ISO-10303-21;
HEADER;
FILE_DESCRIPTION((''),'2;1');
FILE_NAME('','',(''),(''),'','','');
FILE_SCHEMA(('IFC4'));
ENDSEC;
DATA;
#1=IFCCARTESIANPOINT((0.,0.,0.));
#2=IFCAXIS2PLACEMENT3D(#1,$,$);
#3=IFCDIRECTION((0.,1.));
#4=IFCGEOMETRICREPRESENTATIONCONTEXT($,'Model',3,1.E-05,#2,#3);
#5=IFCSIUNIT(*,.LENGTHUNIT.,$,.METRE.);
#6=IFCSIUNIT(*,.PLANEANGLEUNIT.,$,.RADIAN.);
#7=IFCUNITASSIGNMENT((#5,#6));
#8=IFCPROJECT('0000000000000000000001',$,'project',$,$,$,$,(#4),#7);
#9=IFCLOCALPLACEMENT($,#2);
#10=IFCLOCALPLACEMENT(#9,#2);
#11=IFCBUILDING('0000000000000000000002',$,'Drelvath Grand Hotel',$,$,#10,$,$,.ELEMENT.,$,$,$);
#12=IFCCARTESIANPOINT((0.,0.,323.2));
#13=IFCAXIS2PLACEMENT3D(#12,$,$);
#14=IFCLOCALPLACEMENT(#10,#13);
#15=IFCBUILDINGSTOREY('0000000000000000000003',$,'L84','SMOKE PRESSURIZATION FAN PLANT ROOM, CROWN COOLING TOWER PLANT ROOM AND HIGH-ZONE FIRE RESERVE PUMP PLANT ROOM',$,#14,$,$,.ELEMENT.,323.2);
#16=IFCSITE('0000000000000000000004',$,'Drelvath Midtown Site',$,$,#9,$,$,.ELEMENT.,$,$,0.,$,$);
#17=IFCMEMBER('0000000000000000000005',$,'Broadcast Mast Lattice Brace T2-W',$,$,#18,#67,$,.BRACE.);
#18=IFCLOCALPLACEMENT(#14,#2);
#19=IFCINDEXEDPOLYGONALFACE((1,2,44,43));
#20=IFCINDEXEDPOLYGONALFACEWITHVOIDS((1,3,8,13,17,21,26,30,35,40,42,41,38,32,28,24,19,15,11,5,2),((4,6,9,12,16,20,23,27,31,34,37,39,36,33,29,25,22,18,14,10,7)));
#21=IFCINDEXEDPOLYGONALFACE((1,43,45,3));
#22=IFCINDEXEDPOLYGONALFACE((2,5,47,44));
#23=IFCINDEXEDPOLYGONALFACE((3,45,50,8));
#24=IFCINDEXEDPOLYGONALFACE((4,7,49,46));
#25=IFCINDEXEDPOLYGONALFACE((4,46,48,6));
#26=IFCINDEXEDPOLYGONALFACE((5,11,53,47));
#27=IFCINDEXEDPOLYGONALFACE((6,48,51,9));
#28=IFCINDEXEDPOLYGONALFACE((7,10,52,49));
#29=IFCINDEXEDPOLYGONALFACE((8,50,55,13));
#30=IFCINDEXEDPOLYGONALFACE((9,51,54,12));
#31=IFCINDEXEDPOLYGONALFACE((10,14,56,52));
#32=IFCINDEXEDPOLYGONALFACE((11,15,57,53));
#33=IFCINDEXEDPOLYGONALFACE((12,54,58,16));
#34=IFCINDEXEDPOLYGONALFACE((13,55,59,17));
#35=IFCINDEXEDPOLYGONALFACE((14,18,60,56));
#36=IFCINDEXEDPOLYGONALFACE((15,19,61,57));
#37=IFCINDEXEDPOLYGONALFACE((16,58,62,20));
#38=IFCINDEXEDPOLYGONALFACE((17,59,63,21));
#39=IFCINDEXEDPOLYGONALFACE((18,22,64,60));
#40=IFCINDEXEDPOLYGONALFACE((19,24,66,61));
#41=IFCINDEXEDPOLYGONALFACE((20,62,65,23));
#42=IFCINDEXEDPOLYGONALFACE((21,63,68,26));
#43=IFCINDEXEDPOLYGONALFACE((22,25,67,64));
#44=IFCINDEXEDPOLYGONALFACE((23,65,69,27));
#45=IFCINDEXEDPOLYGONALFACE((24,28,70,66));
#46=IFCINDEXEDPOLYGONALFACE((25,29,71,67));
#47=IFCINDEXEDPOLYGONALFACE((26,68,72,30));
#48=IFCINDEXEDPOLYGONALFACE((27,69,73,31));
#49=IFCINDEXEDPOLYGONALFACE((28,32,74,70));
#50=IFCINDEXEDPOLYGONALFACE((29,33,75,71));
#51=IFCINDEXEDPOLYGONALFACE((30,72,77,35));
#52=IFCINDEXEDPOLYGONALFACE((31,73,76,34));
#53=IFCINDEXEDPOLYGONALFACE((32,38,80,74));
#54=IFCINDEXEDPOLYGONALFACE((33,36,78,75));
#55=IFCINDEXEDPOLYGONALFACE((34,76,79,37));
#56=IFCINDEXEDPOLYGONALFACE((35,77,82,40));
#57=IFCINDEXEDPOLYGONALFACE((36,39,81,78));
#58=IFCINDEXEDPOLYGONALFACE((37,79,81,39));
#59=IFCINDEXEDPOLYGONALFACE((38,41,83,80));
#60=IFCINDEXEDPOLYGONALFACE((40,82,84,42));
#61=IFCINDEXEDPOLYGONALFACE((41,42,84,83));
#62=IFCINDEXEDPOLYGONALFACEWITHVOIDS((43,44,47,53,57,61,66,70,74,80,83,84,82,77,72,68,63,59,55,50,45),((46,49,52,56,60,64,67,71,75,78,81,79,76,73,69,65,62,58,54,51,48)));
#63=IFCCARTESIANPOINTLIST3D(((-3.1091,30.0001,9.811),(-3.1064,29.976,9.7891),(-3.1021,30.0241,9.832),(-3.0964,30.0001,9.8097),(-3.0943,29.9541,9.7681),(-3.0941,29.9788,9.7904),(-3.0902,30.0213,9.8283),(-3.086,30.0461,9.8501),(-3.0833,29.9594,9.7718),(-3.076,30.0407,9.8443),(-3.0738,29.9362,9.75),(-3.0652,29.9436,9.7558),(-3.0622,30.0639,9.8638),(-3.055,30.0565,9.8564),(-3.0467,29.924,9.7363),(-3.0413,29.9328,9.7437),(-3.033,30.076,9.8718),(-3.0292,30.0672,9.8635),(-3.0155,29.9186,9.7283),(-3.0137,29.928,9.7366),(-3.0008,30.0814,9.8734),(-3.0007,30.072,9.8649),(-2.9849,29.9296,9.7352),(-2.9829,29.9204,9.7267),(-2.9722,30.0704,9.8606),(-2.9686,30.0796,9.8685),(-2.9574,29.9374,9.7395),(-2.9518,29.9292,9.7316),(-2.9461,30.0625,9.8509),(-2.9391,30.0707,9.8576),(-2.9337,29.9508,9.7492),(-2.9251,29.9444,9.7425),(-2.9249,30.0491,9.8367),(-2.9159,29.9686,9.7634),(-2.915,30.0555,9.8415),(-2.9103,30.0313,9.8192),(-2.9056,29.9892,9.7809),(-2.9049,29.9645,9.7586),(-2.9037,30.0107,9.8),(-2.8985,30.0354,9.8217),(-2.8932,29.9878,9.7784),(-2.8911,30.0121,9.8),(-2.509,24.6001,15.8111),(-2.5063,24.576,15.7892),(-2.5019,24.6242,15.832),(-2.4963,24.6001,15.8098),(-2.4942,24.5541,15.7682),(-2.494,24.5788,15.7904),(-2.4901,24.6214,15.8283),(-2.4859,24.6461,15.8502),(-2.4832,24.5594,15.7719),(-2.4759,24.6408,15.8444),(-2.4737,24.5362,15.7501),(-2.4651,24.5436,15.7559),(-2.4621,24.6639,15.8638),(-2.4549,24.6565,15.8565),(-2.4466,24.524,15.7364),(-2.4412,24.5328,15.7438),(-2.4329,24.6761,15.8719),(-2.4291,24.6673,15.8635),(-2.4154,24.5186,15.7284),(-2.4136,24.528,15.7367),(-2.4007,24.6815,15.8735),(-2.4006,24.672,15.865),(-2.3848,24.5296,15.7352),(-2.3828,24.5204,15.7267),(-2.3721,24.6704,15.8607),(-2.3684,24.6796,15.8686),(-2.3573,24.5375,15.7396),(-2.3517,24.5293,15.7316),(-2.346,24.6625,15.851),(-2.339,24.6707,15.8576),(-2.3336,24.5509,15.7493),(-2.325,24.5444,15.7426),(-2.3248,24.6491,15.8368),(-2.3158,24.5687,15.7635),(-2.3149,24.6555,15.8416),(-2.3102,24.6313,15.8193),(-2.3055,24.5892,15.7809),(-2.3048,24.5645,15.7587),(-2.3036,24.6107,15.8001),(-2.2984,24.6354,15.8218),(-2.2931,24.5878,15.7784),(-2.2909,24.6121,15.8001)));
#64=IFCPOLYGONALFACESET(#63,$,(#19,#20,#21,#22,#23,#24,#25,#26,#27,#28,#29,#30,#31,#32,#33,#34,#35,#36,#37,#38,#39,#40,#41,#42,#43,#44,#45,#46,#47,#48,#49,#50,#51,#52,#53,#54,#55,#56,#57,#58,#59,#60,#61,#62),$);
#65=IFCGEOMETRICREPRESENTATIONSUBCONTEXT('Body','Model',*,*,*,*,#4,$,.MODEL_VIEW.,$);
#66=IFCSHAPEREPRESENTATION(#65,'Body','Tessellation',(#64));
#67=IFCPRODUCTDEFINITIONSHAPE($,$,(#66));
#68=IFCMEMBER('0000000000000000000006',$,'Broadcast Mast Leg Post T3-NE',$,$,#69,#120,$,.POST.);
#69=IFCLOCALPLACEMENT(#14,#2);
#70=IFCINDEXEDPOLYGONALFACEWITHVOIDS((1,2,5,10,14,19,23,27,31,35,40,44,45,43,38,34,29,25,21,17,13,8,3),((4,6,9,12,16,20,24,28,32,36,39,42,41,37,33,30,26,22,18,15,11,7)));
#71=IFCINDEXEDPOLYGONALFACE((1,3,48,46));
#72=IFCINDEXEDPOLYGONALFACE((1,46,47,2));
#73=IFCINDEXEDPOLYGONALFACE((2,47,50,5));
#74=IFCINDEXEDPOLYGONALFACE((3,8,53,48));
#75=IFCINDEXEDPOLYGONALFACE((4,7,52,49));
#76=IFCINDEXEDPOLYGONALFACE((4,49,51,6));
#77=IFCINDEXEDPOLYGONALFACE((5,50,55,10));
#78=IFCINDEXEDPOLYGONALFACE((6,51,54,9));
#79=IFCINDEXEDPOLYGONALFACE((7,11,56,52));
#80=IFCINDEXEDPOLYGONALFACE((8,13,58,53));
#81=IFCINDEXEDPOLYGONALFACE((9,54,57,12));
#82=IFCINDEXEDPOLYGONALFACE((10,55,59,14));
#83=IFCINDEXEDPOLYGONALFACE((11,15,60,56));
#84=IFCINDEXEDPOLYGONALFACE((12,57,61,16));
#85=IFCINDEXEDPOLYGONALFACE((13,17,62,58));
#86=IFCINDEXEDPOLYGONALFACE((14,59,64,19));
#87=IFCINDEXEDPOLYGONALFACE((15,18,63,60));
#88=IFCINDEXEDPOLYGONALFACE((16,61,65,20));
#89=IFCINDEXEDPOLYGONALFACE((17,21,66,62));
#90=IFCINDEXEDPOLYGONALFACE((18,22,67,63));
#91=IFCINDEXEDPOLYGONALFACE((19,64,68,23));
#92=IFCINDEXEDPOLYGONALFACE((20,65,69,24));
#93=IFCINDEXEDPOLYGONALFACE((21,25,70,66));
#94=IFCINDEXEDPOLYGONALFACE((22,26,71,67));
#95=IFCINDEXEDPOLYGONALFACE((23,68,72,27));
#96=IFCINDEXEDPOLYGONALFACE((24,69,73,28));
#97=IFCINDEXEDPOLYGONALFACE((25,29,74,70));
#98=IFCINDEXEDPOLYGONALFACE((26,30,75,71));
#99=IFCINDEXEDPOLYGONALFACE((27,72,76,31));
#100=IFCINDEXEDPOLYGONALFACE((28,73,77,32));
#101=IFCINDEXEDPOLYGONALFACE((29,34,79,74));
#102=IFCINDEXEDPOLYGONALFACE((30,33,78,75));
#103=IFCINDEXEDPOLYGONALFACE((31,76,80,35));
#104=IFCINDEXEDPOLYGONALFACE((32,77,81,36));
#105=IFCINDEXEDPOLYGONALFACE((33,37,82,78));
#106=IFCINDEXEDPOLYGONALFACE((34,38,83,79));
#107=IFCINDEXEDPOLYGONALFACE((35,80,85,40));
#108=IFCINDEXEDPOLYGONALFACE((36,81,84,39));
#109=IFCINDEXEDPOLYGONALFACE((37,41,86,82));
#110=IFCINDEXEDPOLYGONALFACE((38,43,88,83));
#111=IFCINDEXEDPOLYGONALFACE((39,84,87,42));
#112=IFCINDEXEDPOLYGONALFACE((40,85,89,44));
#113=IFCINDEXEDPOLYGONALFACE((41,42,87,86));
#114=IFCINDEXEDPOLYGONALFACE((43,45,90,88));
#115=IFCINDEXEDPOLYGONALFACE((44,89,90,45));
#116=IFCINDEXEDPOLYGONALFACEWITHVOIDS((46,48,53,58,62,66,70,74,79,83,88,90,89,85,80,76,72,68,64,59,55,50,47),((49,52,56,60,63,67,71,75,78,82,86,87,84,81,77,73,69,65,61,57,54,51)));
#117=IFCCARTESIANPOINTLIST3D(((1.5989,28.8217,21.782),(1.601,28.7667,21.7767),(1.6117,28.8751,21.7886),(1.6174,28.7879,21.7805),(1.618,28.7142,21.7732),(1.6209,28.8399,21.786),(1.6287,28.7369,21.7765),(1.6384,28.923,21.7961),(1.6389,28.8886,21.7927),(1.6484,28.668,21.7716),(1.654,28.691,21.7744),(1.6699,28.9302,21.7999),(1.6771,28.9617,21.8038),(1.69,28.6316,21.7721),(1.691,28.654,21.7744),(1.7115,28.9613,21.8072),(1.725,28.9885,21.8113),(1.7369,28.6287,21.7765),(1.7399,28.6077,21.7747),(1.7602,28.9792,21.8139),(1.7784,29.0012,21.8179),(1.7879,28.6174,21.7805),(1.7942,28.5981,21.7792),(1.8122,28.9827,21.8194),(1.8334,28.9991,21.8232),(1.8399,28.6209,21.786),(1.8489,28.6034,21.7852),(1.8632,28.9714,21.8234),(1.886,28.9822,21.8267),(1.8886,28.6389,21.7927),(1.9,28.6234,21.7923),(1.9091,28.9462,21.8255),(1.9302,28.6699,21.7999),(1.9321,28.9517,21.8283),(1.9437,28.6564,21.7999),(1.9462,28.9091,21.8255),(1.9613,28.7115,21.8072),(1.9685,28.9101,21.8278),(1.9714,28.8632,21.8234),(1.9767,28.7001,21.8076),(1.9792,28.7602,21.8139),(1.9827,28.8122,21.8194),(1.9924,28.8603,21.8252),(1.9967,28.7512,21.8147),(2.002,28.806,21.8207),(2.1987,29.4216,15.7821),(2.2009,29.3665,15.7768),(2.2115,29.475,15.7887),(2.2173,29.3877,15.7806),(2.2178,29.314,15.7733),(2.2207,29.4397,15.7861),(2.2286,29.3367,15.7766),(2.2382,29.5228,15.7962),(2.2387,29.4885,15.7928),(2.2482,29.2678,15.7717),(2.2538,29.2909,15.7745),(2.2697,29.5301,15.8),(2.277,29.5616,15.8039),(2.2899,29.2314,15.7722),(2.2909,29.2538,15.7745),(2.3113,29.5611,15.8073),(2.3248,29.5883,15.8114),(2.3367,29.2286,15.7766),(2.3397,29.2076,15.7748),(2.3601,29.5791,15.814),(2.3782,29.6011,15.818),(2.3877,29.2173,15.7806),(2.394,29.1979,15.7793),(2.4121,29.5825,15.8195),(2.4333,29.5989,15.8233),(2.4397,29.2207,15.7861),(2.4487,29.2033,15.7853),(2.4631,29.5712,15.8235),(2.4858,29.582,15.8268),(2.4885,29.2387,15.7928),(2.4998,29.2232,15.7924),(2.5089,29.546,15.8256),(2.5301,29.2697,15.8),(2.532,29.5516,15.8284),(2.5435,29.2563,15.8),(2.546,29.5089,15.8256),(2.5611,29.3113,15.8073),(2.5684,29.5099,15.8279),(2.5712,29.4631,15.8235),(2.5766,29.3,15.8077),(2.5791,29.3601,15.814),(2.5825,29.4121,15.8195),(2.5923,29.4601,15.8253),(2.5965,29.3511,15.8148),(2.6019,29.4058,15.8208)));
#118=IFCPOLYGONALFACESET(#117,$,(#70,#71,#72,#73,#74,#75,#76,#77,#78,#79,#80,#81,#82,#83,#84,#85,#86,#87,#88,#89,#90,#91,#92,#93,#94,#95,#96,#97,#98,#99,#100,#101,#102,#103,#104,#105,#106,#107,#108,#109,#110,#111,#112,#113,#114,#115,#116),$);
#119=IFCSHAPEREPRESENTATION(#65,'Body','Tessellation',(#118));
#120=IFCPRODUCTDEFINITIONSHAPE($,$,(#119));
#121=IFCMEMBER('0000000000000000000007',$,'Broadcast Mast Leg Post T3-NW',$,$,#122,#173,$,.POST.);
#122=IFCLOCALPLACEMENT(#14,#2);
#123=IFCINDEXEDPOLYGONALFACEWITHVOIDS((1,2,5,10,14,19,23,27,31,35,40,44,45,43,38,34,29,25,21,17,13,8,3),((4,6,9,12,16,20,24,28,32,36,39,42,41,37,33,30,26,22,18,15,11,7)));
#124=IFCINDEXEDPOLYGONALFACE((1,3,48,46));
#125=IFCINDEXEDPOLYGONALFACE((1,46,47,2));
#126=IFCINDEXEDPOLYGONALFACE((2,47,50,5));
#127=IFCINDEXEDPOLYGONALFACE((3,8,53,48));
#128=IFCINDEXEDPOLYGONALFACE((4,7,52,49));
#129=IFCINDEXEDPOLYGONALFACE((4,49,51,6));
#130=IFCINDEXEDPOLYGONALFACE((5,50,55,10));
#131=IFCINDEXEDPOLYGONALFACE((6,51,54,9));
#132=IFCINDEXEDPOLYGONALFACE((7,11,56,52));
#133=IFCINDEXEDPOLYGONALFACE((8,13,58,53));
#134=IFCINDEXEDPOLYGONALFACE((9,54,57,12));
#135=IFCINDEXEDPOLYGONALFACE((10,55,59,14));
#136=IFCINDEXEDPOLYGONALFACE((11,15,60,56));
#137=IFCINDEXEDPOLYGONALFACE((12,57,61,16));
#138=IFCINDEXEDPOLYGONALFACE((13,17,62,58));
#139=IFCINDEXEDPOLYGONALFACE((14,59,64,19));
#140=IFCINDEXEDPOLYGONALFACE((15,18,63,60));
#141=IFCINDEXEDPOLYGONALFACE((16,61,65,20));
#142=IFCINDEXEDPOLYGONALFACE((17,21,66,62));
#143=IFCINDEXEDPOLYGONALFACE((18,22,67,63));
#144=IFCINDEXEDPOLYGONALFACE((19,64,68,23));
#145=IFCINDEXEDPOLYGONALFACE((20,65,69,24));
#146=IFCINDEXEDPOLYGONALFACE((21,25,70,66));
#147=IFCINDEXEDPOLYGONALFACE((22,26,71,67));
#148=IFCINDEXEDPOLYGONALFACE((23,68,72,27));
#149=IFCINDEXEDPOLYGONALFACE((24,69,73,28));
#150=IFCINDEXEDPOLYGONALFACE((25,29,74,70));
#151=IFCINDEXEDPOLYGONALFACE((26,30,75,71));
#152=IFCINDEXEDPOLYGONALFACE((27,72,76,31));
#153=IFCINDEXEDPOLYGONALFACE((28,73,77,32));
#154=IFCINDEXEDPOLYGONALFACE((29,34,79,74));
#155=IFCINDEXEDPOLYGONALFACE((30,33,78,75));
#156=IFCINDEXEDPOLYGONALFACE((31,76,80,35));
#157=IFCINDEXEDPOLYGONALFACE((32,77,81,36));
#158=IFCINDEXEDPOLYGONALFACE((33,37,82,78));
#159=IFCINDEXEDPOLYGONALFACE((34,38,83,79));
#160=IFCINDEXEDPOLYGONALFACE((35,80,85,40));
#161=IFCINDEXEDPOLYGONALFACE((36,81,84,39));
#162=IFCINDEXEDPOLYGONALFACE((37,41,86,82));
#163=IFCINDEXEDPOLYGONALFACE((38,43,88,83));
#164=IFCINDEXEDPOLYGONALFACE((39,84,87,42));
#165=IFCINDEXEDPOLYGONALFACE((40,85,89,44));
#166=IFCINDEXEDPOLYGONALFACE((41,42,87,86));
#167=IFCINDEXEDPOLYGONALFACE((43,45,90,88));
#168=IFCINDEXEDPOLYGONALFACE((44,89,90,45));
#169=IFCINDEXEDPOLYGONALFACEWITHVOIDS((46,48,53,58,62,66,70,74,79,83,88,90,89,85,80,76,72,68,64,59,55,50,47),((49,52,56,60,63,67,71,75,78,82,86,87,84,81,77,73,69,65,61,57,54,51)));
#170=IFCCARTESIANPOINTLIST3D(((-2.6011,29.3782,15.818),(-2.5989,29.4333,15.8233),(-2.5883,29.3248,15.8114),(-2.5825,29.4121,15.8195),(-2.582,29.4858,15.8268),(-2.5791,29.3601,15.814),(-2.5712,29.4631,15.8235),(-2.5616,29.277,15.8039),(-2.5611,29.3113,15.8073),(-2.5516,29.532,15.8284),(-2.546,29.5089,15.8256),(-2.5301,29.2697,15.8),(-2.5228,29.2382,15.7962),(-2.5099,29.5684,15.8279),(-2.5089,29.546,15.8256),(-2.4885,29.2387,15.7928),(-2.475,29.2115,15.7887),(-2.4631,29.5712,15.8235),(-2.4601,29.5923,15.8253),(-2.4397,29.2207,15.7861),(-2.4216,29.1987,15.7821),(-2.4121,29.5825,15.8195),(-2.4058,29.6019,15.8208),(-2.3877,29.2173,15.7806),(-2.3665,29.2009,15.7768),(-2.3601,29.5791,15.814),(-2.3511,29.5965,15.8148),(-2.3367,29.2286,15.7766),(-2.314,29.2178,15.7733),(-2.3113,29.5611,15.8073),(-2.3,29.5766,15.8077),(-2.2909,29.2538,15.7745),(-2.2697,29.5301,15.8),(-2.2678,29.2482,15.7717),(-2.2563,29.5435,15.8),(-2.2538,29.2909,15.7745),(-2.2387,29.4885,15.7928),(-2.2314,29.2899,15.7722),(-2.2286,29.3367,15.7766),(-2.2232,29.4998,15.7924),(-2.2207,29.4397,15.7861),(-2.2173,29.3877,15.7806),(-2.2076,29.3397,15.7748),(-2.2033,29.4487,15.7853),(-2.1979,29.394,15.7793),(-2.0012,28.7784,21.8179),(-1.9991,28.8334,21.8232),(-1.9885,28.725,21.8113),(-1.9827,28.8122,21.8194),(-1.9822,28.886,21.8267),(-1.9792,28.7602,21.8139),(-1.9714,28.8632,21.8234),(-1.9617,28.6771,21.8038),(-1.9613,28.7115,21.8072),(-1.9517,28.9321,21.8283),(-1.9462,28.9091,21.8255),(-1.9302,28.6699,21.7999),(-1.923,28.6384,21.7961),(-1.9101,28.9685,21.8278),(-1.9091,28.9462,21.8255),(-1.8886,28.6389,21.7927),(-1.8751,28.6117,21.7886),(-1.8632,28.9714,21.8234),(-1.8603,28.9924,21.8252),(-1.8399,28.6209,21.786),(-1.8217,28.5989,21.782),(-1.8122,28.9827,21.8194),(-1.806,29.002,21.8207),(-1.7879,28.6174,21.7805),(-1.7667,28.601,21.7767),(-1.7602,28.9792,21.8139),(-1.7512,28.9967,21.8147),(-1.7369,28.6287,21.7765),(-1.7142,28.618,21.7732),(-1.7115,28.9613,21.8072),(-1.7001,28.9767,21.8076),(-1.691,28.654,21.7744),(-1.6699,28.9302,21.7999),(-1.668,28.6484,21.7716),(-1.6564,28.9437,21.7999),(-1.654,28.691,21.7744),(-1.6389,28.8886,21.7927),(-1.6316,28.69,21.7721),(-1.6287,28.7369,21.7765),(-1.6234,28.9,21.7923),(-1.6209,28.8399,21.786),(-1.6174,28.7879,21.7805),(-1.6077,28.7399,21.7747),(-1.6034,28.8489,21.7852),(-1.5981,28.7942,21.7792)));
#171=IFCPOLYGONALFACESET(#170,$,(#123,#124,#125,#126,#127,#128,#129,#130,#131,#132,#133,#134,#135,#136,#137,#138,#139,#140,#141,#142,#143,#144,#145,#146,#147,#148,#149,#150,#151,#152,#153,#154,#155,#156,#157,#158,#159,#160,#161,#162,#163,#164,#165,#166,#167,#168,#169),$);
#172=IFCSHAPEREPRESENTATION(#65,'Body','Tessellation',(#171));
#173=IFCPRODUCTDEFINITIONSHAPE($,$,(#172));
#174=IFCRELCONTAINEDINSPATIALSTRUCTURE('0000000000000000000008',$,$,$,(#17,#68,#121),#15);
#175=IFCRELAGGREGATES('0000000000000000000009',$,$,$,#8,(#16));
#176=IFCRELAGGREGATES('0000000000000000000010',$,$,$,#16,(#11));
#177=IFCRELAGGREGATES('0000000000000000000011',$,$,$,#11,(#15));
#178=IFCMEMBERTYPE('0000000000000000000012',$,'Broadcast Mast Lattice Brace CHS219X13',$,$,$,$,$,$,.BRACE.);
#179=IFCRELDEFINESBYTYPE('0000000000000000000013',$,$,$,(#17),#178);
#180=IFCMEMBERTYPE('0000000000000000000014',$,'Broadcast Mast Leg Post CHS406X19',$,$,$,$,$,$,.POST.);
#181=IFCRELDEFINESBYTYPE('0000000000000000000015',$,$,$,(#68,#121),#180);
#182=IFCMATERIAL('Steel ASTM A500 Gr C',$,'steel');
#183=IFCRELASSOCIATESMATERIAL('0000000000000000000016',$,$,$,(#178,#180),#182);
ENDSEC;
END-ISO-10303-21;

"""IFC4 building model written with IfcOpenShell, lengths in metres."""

from ifc_helpers import new_model, si_unit, direction, frame, origin, origin_2d, place, context, subcontext, project, spatial, hollow_circle, extrude, material, material_profile, profile_set, type_object, element, save


model = new_model("IFC4")

# Units and contexts
model_context = context("Model", 3, precision=1e-05, world=origin(), true_north=direction((0.0, 1.0)))
body_context = subcontext(model_context, "Body", "Model", "MODEL_VIEW")
ifc_project = project(units=[si_unit("LENGTHUNIT", "METRE"), si_unit("PLANEANGLEUNIT", "RADIAN")], contexts=[model_context])

# Site, building, storey
site_placement = place(None, origin())
site = spatial("IfcSite", under=ifc_project, at=site_placement, Name="Drelvath Midtown Site", CompositionType="ELEMENT", RefElevation=0.0)
building_placement = place(site_placement, origin())
building = spatial("IfcBuilding", under=site, at=building_placement, Name="Drelvath Grand Hotel", CompositionType="ELEMENT")
storey_placement = place(building_placement, frame((0.0, 0.0, 323.2)))
storey = spatial("IfcBuildingStorey", under=building, at=storey_placement, Name="L84", Description="SMOKE PRESSURIZATION FAN PLANT ROOM, CROWN COOLING TOWER PLANT ROOM AND HIGH-ZONE FIRE RESERVE PUMP PLANT ROOM", CompositionType="ELEMENT", Elevation=323.2)

# Members
ifc_material_1 = material(Name="Steel ASTM A500 Gr C", Category="steel")
ifc_material_profile_1 = material_profile(ifc_material_1, hollow_circle(Radius=0.1096, WallThickness=0.0127, at=origin_2d()), Name="CHS219X13")
ifc_profile_set_1 = profile_set([ifc_material_profile_1], Name="Steel ASTM A500 Gr C")
member_type_1 = type_object("IfcMemberType", Name="Broadcast Mast Lattice Brace CHS219X13", PredefinedType="BRACE", material=ifc_profile_set_1)
for number, where, z_axis, x_axis, name in (
    (1, (-3.0, 30.0, 9.8), (0.074138, -0.667117, 0.741255), (0.993882, 0.110451, 0.0), "Broadcast Mast Lattice Brace T2-W"),
):
    element("IfcMember", number, at=place(storey_placement, frame(where, z_axis=z_axis, x_axis=x_axis)), inside=storey, type_object=member_type_1, Name=name, PredefinedType="BRACE", context=body_context, shape_type="SweptSolid", body=[
        extrude(hollow_circle(Radius=0.1096, WallThickness=0.0127, at=origin_2d()), origin(), (0.0, 0.0, 1.0), 8.0945),
    ])
ifc_material_profile_2 = material_profile(ifc_material_1, hollow_circle(Radius=0.2031, WallThickness=0.019, at=origin_2d()), Name="CHS406X19")
ifc_profile_set_2 = profile_set([ifc_material_profile_2], Name="Steel ASTM A500 Gr C")
member_type_2 = type_object("IfcMemberType", Name="Broadcast Mast Leg Post CHS406X19", PredefinedType="POST", material=ifc_profile_set_2)
for number, where, z_axis, x_axis, name in (
    (2, (2.3999, 29.3999, 15.8), (-0.098991, -0.098991, 0.990152), (0.707107, -0.707107, 0.0), "Broadcast Mast Leg Post T3-NE"),
    (3, (-2.3999, 29.3999, 15.8), (0.098991, -0.098991, 0.990152), (0.707107, 0.707107, 0.0), "Broadcast Mast Leg Post T3-NW"),
):
    element("IfcMember", number, at=place(storey_placement, frame(where, z_axis=z_axis, x_axis=x_axis)), inside=storey, type_object=member_type_2, Name=name, PredefinedType="POST", context=body_context, shape_type="SweptSolid", body=[
        extrude(hollow_circle(Radius=0.2031, WallThickness=0.019, at=origin_2d()), origin(), (0.0, 0.0, 1.0), 6.0596),
    ])

save(model, "model.ifc")
